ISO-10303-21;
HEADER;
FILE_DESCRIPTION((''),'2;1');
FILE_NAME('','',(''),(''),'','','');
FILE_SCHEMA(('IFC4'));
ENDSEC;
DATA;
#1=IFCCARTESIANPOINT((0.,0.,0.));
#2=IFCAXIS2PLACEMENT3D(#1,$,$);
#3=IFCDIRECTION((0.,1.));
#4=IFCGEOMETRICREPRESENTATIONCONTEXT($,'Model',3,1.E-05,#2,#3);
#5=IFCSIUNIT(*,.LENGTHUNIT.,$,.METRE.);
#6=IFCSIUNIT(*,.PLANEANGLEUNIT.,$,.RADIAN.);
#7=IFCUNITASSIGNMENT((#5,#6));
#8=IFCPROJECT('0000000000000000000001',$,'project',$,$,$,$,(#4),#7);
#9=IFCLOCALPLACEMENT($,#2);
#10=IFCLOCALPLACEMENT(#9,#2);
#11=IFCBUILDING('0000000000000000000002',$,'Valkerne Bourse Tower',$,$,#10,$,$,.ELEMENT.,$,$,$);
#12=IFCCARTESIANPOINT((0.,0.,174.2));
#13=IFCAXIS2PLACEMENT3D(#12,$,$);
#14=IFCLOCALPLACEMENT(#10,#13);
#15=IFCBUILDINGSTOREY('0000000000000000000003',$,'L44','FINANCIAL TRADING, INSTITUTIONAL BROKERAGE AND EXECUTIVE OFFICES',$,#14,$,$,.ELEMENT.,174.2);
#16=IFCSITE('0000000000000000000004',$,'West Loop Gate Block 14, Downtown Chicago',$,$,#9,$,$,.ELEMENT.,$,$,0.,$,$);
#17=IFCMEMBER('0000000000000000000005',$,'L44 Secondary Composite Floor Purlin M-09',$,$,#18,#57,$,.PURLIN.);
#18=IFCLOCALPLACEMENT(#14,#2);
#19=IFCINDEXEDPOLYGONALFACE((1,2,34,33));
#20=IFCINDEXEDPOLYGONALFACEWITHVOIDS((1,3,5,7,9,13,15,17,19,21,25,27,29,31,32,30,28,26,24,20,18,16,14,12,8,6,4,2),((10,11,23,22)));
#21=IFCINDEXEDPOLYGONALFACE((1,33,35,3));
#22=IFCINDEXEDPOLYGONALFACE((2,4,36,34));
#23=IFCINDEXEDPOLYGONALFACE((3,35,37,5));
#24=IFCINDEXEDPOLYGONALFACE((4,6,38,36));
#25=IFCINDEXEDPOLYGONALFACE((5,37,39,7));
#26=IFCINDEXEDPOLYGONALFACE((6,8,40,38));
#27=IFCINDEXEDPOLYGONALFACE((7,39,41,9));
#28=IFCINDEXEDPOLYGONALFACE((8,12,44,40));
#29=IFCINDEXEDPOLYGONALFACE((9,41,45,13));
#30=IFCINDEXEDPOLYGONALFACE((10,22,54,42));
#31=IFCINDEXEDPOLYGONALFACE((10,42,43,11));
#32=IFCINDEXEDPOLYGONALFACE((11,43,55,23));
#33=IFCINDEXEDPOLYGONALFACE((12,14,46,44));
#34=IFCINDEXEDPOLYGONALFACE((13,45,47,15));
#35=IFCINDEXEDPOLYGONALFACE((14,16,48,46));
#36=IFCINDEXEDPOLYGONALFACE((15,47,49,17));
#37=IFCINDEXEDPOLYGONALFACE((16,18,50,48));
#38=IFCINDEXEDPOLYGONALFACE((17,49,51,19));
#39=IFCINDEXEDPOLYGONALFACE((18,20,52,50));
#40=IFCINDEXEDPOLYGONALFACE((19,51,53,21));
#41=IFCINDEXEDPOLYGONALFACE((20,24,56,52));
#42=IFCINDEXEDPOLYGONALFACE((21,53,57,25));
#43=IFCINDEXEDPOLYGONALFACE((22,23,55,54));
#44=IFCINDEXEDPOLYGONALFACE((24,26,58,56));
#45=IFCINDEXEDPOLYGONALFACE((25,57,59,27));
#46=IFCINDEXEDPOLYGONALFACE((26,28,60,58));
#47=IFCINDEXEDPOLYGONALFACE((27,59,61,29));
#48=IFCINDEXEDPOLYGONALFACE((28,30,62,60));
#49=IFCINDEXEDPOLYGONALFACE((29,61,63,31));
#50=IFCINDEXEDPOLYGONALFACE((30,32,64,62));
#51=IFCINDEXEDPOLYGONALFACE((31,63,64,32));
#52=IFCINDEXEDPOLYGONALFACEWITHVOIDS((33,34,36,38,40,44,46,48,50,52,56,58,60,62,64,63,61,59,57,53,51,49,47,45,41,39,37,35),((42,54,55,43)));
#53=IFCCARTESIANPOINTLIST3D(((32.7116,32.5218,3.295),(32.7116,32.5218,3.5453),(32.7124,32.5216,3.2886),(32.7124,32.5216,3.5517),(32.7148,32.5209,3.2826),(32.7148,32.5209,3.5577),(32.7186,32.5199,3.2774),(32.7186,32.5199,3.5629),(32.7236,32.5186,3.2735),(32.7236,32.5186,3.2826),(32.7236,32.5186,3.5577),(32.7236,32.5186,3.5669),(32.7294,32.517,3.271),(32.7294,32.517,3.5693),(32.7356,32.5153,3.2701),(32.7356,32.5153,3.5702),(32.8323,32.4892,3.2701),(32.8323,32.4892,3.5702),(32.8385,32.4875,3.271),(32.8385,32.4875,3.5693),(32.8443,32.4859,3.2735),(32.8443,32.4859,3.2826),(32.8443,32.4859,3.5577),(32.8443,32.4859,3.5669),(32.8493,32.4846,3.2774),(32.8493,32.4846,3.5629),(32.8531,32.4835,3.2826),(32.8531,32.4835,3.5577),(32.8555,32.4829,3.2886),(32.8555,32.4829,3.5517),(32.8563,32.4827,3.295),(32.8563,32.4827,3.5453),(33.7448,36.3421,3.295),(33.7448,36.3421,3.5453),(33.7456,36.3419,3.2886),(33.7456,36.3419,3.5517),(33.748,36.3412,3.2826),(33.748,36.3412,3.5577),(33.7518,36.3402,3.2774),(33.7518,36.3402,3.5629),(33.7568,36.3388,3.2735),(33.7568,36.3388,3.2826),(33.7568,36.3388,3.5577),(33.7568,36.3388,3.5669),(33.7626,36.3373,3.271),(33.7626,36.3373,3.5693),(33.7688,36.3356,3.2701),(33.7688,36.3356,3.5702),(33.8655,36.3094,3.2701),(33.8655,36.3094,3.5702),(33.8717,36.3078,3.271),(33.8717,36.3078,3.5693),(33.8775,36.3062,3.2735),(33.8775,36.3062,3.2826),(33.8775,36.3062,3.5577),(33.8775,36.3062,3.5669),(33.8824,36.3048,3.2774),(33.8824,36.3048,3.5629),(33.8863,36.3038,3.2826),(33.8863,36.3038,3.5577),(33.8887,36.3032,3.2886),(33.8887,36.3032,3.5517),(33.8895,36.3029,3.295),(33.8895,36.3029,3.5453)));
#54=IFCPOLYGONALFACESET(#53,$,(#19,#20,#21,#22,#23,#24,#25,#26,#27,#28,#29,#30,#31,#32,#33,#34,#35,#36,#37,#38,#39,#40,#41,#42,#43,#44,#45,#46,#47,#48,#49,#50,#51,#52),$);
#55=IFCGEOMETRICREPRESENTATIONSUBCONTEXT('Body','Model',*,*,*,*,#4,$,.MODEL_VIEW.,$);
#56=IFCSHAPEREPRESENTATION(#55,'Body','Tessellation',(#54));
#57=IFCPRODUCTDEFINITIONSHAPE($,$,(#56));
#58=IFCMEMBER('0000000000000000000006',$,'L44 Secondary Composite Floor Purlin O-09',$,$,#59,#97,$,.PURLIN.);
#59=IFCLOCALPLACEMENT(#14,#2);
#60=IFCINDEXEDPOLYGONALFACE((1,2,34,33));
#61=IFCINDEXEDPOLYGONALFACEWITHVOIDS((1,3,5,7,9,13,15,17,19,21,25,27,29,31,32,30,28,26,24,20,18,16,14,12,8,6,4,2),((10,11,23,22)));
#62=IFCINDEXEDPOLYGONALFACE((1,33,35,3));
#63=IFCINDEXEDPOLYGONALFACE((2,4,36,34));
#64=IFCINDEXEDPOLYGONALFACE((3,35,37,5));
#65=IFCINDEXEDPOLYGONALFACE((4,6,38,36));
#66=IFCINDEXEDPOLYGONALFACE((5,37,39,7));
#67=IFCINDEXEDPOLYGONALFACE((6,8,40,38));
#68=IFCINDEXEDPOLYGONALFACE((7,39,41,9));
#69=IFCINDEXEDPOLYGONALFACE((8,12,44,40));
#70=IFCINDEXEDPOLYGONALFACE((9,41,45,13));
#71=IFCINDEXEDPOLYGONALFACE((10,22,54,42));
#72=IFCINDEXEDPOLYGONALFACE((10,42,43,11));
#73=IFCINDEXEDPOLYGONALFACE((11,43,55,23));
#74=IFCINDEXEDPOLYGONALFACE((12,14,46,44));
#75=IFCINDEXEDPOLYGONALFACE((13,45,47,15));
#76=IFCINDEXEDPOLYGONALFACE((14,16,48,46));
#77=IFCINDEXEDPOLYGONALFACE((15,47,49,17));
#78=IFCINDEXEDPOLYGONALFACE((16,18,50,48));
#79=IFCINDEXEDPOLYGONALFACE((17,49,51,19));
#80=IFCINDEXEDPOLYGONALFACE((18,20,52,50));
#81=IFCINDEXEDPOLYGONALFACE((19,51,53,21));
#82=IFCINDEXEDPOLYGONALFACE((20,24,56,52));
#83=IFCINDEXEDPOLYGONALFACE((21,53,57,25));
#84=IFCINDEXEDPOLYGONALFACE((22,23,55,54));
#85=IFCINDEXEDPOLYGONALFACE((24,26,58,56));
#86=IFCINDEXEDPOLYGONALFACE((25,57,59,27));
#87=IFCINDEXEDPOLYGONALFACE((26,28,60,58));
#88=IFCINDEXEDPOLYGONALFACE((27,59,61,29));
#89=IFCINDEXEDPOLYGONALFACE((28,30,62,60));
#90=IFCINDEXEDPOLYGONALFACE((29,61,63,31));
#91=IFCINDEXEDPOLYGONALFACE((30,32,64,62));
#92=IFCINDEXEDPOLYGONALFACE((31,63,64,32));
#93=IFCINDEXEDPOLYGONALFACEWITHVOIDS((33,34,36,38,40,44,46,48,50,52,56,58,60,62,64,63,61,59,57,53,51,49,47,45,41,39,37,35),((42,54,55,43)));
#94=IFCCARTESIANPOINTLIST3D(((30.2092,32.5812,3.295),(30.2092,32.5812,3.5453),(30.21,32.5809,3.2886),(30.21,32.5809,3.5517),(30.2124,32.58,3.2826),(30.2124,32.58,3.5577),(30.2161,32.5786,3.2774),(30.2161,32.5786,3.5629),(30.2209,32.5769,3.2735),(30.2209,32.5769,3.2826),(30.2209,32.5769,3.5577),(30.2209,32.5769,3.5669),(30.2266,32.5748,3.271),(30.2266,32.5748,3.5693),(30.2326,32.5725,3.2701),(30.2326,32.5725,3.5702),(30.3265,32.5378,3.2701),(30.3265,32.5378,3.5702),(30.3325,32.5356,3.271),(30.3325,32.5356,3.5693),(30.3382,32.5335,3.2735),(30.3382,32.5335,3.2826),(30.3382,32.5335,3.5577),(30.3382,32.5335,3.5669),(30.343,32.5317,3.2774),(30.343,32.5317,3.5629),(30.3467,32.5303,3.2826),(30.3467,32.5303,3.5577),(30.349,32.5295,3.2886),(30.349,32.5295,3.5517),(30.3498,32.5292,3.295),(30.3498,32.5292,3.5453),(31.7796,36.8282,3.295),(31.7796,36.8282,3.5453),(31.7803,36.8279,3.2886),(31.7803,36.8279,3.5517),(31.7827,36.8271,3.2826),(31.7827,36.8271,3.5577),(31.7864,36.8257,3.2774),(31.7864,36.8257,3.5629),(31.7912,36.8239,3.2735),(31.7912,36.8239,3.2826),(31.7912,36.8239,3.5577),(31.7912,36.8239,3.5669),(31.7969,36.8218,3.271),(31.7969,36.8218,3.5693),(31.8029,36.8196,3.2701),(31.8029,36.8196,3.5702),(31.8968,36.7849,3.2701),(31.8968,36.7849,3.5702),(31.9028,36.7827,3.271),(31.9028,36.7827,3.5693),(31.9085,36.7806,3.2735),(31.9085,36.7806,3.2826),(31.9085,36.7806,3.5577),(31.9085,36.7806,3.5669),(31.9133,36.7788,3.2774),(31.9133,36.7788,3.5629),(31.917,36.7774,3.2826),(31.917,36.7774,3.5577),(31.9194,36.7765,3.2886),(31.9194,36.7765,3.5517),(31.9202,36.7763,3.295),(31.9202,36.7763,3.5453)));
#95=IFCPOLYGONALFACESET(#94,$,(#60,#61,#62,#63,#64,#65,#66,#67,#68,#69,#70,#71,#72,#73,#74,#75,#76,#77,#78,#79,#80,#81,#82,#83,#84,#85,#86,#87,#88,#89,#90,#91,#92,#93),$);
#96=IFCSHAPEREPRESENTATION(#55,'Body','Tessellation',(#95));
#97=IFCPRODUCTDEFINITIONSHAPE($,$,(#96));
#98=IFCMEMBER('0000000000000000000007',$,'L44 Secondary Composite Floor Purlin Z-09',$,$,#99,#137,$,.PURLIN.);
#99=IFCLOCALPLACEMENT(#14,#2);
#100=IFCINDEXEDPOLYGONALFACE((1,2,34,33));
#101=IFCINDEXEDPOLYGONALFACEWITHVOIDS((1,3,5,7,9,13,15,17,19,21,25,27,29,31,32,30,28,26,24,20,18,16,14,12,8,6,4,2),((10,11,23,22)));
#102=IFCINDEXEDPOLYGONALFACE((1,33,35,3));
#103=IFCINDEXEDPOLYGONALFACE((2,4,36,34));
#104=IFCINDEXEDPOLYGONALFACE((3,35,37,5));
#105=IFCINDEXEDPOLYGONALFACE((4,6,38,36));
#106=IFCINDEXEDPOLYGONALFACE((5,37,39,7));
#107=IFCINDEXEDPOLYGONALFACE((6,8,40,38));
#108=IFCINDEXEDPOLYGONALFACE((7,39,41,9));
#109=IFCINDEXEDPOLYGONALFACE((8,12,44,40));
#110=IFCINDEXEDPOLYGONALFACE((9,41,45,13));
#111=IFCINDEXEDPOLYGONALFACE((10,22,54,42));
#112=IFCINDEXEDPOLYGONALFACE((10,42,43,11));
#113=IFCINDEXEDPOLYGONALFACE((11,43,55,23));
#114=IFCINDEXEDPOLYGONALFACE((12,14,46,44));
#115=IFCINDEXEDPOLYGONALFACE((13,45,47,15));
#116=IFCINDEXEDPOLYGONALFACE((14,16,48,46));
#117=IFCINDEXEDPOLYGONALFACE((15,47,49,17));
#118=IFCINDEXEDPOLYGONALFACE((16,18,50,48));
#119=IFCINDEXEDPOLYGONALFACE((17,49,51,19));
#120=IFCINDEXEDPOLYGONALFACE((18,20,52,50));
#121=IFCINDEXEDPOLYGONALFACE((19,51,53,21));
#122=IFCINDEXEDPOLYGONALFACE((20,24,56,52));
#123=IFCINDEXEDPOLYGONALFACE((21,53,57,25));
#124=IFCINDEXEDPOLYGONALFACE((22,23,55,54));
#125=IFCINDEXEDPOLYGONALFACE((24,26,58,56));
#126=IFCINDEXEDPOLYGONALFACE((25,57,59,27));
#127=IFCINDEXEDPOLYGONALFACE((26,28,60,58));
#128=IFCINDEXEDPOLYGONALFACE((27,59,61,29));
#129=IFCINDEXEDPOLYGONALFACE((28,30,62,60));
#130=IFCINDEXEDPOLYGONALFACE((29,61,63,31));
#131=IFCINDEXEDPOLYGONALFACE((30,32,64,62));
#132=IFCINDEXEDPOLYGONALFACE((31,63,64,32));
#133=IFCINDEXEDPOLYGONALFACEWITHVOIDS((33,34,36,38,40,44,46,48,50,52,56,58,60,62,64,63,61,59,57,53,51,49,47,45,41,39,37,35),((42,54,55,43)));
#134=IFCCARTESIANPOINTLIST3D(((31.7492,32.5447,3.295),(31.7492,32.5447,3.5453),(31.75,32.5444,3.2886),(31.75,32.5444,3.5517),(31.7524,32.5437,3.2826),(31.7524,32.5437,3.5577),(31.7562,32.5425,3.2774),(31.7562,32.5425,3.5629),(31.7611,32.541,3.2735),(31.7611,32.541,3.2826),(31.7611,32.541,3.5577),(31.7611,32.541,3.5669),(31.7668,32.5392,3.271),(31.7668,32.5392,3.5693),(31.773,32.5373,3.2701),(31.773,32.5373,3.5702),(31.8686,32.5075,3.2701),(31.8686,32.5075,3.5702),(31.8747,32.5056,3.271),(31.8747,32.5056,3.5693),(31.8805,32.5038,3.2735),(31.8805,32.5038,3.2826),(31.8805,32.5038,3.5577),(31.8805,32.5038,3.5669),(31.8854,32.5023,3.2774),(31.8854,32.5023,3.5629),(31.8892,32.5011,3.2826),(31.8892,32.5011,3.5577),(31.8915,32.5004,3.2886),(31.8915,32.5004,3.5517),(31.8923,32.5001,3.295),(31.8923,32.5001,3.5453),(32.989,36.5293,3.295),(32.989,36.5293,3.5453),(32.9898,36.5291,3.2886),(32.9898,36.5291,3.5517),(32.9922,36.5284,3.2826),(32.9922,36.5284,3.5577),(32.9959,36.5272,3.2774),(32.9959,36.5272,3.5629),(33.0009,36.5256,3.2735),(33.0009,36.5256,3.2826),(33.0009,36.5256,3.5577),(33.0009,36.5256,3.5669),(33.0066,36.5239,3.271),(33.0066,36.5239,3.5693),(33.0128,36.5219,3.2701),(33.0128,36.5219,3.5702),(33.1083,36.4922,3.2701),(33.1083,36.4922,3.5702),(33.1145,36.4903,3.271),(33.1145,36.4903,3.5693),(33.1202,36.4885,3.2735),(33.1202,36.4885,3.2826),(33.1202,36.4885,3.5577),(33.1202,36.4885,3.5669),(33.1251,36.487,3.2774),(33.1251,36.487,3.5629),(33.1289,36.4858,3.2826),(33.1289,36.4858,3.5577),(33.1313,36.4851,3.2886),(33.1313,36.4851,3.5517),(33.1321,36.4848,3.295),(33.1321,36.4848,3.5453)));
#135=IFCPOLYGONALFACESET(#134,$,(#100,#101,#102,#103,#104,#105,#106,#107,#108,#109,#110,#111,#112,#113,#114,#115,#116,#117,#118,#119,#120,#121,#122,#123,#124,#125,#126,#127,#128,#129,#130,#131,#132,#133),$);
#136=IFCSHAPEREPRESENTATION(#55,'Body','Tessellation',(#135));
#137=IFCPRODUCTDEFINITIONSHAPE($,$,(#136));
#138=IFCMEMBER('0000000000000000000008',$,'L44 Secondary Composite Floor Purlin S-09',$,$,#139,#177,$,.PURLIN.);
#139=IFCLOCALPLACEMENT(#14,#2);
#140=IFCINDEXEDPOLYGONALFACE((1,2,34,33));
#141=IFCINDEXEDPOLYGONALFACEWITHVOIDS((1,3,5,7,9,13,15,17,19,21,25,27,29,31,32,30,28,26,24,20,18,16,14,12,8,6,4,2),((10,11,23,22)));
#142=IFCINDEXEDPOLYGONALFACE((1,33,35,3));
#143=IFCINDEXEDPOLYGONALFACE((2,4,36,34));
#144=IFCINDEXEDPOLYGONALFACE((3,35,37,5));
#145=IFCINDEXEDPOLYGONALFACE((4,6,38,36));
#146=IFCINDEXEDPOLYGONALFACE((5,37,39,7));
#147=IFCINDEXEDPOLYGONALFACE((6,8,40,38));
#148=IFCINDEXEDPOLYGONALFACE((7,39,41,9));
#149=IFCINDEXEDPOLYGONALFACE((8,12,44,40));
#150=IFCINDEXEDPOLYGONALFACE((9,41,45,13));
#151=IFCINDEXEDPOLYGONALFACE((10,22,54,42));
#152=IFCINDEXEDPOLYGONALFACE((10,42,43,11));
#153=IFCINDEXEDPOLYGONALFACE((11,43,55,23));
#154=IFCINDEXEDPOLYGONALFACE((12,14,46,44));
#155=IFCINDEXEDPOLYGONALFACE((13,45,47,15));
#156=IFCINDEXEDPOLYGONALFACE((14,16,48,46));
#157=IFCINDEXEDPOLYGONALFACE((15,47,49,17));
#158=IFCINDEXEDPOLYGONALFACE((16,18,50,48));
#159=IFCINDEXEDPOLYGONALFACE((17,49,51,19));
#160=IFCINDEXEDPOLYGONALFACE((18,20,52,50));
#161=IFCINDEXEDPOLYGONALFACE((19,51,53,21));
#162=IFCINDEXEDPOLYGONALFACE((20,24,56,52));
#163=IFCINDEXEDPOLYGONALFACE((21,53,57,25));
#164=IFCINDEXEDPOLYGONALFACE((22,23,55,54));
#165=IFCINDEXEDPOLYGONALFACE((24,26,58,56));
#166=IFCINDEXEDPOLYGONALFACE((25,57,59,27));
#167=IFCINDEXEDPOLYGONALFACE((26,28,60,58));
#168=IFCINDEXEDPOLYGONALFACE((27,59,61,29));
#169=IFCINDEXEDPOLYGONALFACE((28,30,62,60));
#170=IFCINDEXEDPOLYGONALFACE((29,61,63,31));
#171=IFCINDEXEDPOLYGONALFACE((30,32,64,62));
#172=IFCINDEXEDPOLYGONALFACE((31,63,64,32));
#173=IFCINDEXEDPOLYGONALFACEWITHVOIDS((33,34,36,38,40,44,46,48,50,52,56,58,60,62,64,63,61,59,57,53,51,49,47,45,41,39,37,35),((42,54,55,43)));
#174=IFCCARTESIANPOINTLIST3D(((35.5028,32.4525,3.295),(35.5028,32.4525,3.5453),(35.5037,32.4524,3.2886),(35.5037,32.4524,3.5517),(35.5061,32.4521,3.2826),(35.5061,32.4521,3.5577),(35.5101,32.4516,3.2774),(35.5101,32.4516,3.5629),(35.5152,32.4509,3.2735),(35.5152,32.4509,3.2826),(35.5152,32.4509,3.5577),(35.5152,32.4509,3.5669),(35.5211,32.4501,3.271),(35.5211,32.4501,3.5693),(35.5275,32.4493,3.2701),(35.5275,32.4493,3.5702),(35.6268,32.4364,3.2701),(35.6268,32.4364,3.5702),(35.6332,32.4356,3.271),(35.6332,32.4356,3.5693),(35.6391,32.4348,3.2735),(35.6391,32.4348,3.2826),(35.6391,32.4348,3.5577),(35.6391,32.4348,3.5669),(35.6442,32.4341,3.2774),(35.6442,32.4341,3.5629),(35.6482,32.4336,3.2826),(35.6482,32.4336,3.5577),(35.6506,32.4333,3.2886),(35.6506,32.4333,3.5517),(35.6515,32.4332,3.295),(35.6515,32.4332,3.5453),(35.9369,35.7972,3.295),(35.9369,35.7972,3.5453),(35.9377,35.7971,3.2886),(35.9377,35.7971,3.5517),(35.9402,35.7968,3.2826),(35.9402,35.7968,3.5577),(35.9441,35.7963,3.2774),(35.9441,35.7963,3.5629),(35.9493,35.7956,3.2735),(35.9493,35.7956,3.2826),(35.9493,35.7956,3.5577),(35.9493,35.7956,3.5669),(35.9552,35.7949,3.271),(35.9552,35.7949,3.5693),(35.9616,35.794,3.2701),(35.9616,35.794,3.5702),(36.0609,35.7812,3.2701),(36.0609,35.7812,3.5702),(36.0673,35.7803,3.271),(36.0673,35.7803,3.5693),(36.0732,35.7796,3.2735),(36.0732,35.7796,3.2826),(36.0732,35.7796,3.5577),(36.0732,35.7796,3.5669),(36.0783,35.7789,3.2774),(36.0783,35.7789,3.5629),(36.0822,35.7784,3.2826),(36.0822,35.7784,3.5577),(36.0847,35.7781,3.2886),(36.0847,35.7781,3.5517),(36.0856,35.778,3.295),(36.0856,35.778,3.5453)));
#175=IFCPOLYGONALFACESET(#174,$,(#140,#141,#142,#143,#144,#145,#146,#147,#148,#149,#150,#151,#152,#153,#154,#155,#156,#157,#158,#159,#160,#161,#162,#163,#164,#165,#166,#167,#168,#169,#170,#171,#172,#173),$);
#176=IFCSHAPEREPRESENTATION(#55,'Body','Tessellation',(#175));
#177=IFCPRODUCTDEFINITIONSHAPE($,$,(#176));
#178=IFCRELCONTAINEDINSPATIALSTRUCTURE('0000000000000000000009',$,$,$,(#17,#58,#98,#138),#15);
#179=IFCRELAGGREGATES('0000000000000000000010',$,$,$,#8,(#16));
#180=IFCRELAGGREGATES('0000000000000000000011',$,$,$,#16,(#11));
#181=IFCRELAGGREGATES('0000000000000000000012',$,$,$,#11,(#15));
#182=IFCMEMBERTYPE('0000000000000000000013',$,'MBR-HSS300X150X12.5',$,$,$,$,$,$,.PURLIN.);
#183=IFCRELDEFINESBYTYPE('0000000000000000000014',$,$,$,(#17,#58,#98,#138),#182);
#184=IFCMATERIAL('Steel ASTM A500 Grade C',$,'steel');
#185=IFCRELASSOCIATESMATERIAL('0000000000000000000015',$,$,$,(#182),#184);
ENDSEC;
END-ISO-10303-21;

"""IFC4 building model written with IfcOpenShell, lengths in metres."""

from ifc_helpers import new_model, si_unit, direction, frame, origin, origin_2d, place, context, subcontext, project, spatial, hollow_rectangle, extrude, material, material_profile, profile_set, type_object, element, save


model = new_model("IFC4")

# Units and contexts
model_context = context("Model", 3, precision=1e-05, world=origin(), true_north=direction((0.0, 1.0)))
body_context = subcontext(model_context, "Body", "Model", "MODEL_VIEW")
ifc_project = project(units=[si_unit("LENGTHUNIT", "METRE"), si_unit("PLANEANGLEUNIT", "RADIAN")], contexts=[model_context])

# Site, building, storey
site_placement = place(None, origin())
site = spatial("IfcSite", under=ifc_project, at=site_placement, Name="West Loop Gate Block 14, Downtown Chicago", CompositionType="ELEMENT", RefElevation=0.0)
building_placement = place(site_placement, origin())
building = spatial("IfcBuilding", under=site, at=building_placement, Name="Valkerne Bourse Tower", CompositionType="ELEMENT")
storey_placement = place(building_placement, frame((0.0, 0.0, 174.2)))
storey = spatial("IfcBuildingStorey", under=building, at=storey_placement, Name="L44", Description="FINANCIAL TRADING, INSTITUTIONAL BROKERAGE AND EXECUTIVE OFFICES", CompositionType="ELEMENT", Elevation=174.2)

# Members
ifc_material_1 = material(Name="Steel ASTM A500 Grade C", Category="steel")
ifc_material_profile_1 = material_profile(ifc_material_1, hollow_rectangle(XDim=0.1499, YDim=0.3, WallThickness=0.0125, OuterFilletRadius=0.0249, at=origin_2d()), Name="HSS300X150X12.5")
ifc_profile_set_1 = profile_set([ifc_material_profile_1], Name="Steel ASTM A500 Grade C")
member_type_1 = type_object("IfcMemberType", Name="MBR-HSS300X150X12.5", PredefinedType="PURLIN", material=ifc_profile_set_1)
member_1_placement = place(storey_placement, frame((33.8171, 36.3225, 3.4202), z_axis=(-0.261071, -0.96532, 0.0), x_axis=(0.96532, -0.261071, 0.0)))
element("IfcMember", 1, at=member_1_placement, inside=storey, type_object=member_type_1, Name="L44 Secondary Composite Floor Purlin M-09", PredefinedType="PURLIN", context=body_context, shape_type="SweptSolid", body=[
    extrude(hollow_rectangle(XDim=0.1499, YDim=0.3, WallThickness=0.0125, OuterFilletRadius=0.0249, at=origin_2d()), origin(), (0.0, 0.0, 1.0), 3.9575),
])
member_2_placement = place(storey_placement, frame((31.8499, 36.8022, 3.4202), z_axis=(-0.346795, -0.937941, 0.0), x_axis=(0.937941, -0.346795, 0.0)))
element("IfcMember", 2, at=member_2_placement, inside=storey, type_object=member_type_1, Name="L44 Secondary Composite Floor Purlin O-09", PredefinedType="PURLIN", context=body_context, shape_type="SweptSolid", body=[
    extrude(hollow_rectangle(XDim=0.1499, YDim=0.3, WallThickness=0.0125, OuterFilletRadius=0.0249, at=origin_2d()), origin(), (0.0, 0.0, 1.0), 4.5281),
])
member_3_placement = place(storey_placement, frame((33.0605, 36.5071, 3.4202), z_axis=(-0.297086, -0.954851, 0.0), x_axis=(0.954851, -0.297086, 0.0)))
element("IfcMember", 3, at=member_3_placement, inside=storey, type_object=member_type_1, Name="L44 Secondary Composite Floor Purlin Z-09", PredefinedType="PURLIN", context=body_context, shape_type="SweptSolid", body=[
    extrude(hollow_rectangle(XDim=0.1499, YDim=0.3, WallThickness=0.0125, OuterFilletRadius=0.0249, at=origin_2d()), origin(), (0.0, 0.0, 1.0), 4.1731),
])
member_4_placement = place(storey_placement, frame((36.0112, 35.7876, 3.4202), z_axis=(-0.128702, -0.991683, 0.0), x_axis=(0.991683, -0.128702, 0.0)))
element("IfcMember", 4, at=member_4_placement, inside=storey, type_object=member_type_1, Name="L44 Secondary Composite Floor Purlin S-09", PredefinedType="PURLIN", context=body_context, shape_type="SweptSolid", body=[
    extrude(hollow_rectangle(XDim=0.1499, YDim=0.3, WallThickness=0.0125, OuterFilletRadius=0.0249, at=origin_2d()), origin(), (0.0, 0.0, 1.0), 3.3728),
])

save(model, "model.ifc")
